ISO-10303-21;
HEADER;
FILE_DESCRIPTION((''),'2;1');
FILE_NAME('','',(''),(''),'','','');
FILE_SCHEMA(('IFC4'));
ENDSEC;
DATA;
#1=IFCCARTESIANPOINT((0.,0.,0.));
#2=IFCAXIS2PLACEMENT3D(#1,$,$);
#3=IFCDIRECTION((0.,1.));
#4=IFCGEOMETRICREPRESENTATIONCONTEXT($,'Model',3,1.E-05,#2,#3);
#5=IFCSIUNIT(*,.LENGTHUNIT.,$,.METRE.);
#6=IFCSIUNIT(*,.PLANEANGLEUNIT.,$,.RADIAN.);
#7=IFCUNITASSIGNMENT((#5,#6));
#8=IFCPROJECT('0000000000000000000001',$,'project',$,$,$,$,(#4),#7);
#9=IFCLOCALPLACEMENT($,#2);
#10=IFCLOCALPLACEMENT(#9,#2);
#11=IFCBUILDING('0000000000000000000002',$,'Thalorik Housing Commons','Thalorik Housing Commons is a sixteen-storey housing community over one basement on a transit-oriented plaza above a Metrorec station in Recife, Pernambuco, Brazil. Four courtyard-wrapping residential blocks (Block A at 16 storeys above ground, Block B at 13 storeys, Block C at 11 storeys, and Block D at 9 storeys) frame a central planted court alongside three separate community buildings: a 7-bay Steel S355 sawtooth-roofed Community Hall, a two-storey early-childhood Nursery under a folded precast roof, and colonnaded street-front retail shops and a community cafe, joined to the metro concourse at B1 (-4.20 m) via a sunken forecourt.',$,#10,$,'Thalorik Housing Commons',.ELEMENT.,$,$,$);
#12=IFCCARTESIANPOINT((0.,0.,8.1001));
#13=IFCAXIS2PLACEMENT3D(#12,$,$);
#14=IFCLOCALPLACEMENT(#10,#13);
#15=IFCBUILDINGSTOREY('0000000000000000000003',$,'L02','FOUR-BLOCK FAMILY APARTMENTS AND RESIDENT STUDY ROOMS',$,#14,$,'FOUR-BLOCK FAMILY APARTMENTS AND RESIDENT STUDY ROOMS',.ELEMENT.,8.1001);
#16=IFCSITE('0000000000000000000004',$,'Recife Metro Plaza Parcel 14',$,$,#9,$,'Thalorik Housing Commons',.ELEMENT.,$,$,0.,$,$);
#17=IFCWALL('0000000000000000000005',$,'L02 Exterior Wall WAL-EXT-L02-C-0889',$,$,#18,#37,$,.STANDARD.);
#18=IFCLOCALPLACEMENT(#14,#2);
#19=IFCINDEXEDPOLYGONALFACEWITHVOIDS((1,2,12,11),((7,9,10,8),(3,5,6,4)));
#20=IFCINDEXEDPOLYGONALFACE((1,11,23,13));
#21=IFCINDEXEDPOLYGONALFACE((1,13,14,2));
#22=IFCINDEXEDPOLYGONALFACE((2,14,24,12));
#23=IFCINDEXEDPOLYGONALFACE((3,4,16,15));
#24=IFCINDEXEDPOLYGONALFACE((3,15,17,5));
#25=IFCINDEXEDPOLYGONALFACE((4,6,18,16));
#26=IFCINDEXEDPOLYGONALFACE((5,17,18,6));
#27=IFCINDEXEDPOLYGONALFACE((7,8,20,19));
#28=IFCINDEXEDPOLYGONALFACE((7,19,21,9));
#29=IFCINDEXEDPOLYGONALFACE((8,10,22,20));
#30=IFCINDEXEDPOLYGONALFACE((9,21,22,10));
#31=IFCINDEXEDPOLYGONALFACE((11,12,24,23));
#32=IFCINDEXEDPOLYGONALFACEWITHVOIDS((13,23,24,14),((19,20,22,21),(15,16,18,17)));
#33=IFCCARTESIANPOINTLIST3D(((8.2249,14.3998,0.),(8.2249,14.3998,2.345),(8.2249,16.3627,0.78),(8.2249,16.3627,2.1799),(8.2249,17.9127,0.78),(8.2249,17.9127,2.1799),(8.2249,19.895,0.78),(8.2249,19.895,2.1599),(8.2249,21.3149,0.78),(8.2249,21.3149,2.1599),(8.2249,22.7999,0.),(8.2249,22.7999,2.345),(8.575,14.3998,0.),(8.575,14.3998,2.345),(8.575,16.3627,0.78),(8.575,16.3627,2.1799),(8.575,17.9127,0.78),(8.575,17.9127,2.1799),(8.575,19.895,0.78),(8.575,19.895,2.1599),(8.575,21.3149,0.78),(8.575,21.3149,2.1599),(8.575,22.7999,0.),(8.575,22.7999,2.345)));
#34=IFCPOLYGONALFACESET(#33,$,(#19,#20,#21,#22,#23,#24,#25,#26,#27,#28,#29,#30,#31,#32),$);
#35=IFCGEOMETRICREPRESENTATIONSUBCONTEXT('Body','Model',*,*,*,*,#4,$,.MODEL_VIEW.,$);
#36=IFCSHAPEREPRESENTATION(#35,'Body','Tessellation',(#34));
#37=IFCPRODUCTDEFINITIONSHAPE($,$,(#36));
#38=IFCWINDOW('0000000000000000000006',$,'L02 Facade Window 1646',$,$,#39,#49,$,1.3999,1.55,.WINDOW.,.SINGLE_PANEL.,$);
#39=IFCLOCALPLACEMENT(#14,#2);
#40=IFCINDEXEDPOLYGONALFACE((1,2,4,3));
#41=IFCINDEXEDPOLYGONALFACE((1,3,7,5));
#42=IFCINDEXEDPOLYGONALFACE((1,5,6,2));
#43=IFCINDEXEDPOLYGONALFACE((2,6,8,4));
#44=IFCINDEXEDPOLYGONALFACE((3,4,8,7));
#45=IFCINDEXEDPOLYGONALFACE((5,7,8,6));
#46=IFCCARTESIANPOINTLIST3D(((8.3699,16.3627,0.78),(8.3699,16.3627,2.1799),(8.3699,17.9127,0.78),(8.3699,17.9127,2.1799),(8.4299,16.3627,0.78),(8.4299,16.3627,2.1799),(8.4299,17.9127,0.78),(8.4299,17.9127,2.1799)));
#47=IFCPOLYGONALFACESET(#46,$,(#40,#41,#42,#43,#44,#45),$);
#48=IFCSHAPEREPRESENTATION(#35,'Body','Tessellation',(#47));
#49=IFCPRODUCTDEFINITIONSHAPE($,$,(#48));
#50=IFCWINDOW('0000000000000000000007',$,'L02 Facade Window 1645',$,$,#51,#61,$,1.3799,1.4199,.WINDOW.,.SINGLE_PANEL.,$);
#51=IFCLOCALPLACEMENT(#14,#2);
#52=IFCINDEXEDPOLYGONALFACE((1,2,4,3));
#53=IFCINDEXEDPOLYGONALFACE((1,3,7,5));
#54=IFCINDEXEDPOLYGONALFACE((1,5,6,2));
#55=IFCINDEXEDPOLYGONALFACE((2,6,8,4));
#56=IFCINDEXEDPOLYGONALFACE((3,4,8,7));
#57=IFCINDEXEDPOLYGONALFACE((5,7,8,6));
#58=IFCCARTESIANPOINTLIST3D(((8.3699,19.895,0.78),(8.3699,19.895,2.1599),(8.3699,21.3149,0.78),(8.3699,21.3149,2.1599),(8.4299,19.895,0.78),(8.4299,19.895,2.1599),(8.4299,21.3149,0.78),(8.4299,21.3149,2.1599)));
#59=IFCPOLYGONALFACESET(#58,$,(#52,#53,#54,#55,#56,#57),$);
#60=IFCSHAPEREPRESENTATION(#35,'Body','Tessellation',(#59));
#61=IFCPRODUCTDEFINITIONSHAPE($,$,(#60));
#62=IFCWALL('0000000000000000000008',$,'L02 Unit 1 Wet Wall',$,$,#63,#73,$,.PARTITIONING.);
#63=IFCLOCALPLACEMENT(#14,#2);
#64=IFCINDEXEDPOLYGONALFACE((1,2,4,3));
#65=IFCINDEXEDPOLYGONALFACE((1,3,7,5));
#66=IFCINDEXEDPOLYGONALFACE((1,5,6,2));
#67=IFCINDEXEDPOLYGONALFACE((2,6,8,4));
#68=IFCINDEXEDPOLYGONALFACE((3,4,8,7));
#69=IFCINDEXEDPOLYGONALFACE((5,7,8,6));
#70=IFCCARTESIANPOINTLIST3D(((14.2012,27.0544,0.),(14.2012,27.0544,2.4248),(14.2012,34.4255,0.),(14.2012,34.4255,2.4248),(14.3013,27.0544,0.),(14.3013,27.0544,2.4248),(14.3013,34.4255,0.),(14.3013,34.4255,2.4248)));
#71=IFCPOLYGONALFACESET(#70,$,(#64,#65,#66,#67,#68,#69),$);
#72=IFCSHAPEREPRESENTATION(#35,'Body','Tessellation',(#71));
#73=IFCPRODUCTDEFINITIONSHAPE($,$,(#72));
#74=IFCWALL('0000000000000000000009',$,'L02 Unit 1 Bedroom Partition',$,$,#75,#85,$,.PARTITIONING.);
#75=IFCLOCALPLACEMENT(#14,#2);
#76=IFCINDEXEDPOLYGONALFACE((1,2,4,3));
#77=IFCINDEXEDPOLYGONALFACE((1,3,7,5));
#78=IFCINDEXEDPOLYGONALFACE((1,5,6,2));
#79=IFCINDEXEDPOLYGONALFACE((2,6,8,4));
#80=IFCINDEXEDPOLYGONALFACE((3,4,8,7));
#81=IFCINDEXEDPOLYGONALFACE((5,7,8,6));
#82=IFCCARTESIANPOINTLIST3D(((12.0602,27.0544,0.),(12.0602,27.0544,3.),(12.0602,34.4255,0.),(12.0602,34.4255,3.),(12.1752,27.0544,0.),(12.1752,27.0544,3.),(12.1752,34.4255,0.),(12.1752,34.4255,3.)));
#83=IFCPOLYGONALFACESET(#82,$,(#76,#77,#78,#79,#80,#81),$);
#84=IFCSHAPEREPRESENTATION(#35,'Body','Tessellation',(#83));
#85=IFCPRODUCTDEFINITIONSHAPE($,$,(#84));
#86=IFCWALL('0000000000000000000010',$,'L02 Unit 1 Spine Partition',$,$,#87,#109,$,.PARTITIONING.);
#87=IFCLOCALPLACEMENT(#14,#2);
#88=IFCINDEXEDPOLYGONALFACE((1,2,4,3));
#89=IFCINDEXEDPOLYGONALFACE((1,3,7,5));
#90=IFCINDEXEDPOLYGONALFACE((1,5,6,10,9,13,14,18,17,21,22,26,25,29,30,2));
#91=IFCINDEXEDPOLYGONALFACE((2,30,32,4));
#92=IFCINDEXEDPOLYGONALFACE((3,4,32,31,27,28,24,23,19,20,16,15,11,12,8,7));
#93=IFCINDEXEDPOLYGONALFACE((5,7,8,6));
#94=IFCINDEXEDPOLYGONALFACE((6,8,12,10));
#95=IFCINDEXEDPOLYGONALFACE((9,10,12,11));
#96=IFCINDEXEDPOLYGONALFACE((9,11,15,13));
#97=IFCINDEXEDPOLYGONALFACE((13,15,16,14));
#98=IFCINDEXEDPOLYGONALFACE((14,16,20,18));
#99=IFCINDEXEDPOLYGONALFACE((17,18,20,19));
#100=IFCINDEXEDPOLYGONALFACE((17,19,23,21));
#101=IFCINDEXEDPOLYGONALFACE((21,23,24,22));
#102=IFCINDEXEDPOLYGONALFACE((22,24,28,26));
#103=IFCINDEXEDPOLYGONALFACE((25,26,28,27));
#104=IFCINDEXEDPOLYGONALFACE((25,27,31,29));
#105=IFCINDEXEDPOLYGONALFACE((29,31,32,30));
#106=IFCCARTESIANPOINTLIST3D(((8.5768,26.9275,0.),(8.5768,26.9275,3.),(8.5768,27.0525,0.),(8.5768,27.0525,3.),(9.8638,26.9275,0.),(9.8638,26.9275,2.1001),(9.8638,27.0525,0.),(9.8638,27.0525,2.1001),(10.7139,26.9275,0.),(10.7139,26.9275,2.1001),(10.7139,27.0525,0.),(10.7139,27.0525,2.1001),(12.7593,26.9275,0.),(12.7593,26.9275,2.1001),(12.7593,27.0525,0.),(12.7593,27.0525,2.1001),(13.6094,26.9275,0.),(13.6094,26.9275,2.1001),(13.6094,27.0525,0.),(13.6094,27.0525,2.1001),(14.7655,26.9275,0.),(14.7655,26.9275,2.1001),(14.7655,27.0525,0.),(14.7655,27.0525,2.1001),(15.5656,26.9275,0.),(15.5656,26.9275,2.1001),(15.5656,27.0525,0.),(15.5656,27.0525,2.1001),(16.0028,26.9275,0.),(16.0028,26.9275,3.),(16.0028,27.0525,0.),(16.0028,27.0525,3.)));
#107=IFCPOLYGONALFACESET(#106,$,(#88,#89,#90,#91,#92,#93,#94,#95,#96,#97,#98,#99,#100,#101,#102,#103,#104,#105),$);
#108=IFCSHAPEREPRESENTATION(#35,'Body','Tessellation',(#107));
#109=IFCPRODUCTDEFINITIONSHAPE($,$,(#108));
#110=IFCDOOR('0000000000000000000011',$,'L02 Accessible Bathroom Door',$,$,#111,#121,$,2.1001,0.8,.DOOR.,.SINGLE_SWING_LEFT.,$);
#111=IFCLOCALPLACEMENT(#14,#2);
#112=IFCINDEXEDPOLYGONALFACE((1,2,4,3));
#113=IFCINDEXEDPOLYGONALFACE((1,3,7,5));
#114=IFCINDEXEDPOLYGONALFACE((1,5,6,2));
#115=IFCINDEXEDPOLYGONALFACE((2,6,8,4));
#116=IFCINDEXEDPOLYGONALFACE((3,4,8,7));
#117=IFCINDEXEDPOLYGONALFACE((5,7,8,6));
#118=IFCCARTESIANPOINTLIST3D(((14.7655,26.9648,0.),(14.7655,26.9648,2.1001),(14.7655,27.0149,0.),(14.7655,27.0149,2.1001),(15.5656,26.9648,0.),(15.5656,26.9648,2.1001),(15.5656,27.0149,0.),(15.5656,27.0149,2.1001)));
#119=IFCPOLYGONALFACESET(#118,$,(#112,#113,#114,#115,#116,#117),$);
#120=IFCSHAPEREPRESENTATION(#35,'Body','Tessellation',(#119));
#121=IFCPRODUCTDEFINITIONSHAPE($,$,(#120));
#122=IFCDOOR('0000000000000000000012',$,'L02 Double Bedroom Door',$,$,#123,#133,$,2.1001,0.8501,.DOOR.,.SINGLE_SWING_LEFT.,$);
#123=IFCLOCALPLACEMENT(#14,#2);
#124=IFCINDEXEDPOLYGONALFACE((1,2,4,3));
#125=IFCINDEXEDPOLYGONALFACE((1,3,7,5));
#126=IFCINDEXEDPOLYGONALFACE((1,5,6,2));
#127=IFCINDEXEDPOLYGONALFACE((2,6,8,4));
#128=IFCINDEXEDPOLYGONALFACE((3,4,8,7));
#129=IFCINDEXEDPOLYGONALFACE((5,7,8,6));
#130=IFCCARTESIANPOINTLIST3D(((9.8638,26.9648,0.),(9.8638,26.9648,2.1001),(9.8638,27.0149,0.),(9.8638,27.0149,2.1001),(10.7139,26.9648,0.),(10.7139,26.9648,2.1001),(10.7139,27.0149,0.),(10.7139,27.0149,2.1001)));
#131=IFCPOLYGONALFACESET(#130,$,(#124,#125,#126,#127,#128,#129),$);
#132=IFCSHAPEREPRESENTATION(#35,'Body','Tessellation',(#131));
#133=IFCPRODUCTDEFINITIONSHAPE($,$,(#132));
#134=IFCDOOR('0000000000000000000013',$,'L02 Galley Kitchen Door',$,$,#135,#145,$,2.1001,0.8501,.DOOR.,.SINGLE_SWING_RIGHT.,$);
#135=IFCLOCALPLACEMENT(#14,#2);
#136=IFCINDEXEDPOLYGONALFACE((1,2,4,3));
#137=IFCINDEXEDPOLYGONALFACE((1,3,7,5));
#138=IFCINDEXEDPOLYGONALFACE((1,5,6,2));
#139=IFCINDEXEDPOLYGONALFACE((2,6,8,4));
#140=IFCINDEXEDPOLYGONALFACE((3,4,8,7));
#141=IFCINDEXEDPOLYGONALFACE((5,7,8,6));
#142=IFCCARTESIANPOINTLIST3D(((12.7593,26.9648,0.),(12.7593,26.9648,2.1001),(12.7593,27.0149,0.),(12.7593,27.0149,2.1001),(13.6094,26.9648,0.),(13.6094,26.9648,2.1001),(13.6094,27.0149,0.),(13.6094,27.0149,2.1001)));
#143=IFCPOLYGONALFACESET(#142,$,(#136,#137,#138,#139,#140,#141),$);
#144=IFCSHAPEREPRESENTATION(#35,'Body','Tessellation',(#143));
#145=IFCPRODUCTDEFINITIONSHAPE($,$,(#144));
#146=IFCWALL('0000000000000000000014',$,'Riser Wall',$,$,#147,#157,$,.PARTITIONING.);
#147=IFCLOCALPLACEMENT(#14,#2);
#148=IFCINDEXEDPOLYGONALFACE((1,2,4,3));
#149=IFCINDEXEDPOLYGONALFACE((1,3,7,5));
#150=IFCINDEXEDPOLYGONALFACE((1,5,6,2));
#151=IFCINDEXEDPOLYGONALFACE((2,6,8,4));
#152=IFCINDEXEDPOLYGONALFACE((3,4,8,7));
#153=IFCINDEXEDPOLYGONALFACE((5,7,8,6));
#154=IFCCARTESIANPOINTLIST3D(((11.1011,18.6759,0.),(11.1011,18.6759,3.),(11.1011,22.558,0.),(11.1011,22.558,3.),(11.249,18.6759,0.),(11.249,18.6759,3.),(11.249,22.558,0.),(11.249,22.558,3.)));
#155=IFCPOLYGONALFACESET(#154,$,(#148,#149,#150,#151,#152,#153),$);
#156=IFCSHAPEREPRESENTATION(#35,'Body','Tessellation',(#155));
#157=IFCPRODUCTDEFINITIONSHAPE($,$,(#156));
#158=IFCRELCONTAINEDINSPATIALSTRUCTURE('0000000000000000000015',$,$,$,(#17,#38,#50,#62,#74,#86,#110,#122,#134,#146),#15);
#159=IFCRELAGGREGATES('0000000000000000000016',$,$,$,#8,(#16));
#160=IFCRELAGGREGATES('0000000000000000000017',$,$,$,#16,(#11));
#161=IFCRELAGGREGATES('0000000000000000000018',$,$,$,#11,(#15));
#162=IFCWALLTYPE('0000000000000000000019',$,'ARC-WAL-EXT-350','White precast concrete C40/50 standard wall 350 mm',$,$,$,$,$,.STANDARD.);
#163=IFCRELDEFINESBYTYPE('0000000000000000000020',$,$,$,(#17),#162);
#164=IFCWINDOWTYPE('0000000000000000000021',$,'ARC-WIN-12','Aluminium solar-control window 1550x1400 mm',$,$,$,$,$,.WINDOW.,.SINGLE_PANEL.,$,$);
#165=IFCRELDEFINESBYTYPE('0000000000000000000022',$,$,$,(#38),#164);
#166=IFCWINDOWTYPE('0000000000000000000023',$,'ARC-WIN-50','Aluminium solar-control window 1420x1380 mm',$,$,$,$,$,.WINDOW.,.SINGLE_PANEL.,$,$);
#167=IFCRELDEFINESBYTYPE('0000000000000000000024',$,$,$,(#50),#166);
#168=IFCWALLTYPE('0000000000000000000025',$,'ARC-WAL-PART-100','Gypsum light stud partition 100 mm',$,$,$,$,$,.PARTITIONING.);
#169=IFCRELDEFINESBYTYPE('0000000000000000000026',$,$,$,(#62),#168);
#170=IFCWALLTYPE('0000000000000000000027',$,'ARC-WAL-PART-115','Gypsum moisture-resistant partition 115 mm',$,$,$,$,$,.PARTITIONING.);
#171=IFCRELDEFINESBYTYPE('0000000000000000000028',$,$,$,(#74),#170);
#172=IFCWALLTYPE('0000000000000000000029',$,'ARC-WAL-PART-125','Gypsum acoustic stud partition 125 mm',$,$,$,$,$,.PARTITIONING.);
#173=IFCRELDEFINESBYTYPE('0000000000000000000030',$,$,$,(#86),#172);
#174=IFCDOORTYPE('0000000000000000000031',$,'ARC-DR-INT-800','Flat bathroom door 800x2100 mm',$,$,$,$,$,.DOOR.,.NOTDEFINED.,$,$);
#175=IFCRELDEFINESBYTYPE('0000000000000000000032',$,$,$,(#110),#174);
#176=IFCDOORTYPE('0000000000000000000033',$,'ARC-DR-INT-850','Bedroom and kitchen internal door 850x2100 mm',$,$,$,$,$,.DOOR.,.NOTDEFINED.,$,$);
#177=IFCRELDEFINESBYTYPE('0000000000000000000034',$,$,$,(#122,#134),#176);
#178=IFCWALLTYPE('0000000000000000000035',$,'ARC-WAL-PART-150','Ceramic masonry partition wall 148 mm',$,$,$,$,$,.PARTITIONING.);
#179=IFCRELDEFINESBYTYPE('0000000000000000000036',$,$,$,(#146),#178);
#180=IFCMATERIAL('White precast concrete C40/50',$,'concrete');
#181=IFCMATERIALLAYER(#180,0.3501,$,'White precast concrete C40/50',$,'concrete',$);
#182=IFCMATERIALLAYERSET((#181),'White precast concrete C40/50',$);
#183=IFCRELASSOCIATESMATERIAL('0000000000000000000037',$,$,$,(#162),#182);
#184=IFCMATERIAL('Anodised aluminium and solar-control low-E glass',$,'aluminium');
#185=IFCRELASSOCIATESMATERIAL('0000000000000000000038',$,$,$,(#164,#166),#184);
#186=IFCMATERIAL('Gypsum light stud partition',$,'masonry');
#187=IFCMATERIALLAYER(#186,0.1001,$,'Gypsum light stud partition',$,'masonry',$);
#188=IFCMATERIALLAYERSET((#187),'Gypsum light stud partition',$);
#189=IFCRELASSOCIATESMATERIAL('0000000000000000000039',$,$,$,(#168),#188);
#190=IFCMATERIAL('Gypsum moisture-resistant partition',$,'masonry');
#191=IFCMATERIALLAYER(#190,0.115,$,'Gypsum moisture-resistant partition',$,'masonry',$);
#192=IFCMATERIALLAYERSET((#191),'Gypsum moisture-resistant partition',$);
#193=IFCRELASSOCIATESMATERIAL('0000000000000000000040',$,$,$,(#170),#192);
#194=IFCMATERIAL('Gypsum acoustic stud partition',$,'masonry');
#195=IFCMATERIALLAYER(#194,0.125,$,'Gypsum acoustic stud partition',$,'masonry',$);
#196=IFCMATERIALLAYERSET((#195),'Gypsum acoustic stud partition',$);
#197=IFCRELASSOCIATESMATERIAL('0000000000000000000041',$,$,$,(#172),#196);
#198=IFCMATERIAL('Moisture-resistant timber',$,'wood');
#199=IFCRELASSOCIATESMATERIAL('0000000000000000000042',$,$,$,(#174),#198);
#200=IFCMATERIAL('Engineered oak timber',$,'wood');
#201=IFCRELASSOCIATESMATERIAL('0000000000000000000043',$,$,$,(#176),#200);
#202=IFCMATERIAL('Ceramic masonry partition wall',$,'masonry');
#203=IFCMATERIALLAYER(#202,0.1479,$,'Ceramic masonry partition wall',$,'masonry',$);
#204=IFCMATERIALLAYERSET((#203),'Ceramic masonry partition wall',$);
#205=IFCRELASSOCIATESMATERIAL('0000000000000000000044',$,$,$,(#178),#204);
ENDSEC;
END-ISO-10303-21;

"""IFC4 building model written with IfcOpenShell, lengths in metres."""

from ifc_helpers import new_model, si_unit, direction, frame, frame_2d, origin, place, context, subcontext, project, spatial, rectangle, extrude, material, layer, layer_set, type_object, element, fill, save


model = new_model("IFC4")

# Units and contexts
model_context = context("Model", 3, precision=1e-05, world=origin(), true_north=direction((0.0, 1.0)))
body_context = subcontext(model_context, "Body", "Model", "MODEL_VIEW")
ifc_project = project(units=[si_unit("LENGTHUNIT", "METRE"), si_unit("PLANEANGLEUNIT", "RADIAN")], contexts=[model_context])

# Site, building, storey
site_placement = place(None, origin())
site = spatial("IfcSite", under=ifc_project, at=site_placement, Name="Recife Metro Plaza Parcel 14", LongName="Thalorik Housing Commons", CompositionType="ELEMENT", RefElevation=0.0)
building_placement = place(site_placement, origin())
building = spatial("IfcBuilding", under=site, at=building_placement, Name="Thalorik Housing Commons", Description="Thalorik Housing Commons is a sixteen-storey housing community over one basement on a transit-oriented plaza above a Metrorec station in Recife, Pernambuco, Brazil. Four courtyard-wrapping residential blocks (Block A at 16 storeys above ground, Block B at 13 storeys, Block C at 11 storeys, and Block D at 9 storeys) frame a central planted court alongside three separate community buildings: a 7-bay Steel S355 sawtooth-roofed Community Hall, a two-storey early-childhood Nursery under a folded precast roof, and colonnaded street-front retail shops and a community cafe, joined to the metro concourse at B1 (-4.20 m) via a sunken forecourt.", LongName="Thalorik Housing Commons", CompositionType="ELEMENT")
storey_placement = place(building_placement, frame((0.0, 0.0, 8.1001)))
storey = spatial("IfcBuildingStorey", under=building, at=storey_placement, Name="L02", Description="FOUR-BLOCK FAMILY APARTMENTS AND RESIDENT STUDY ROOMS", LongName="FOUR-BLOCK FAMILY APARTMENTS AND RESIDENT STUDY ROOMS", CompositionType="ELEMENT", Elevation=8.1001)

# Wall, openings, windows
ifc_material_1 = material(Name="White precast concrete C40/50", Category="concrete")
ifc_layer_1 = layer(ifc_material_1, 0.3501, Name="White precast concrete C40/50", Category="concrete")
ifc_layer_set_1 = layer_set([ifc_layer_1], Name="White precast concrete C40/50")
wall_type_1 = type_object("IfcWallType", Name="ARC-WAL-EXT-350", Description="White precast concrete C40/50 standard wall 350 mm", PredefinedType="STANDARD", material=ifc_layer_set_1)
wall_1_placement = place(storey_placement, frame((8.3999, 22.8, 0.0), z_axis=(0.0, 0.0, 1.0), x_axis=(0.0, -1.0, 0.0)))
wall_1 = element("IfcWall", 1, at=wall_1_placement, inside=storey, type_object=wall_type_1, Name="L02 Exterior Wall WAL-EXT-L02-C-0889", PredefinedType="STANDARD", context=body_context, shape_type="SweptSolid", body=[
    extrude(rectangle(XDim=8.4001, YDim=0.3501, at=frame_2d((4.2002, 0.0))), origin(), (0.0, 0.0, 1.0), 2.345),
])
opening_1_placement = place(wall_1_placement, frame((1.4851, 0.0, 0.78)))
opening_1 = element("IfcOpeningElement", 2, at=opening_1_placement, cuts=wall_1, PredefinedType="OPENING", context=body_context, shape_type="SweptSolid", body=[
    extrude(rectangle(XDim=1.4199, YDim=1.3799, at=frame_2d((0.71, 0.6899))), frame((0.0, 0.1851, 0.0), z_axis=(0.0, -1.0, 0.0), x_axis=(1.0, 0.0, 0.0)), (0.0, 0.0, 1.0), 0.3701),
])
opening_2_placement = place(wall_1_placement, frame((4.8875, 0.0, 0.78)))
opening_2 = element("IfcOpeningElement", 3, at=opening_2_placement, cuts=wall_1, PredefinedType="OPENING", context=body_context, shape_type="SweptSolid", body=[
    extrude(rectangle(XDim=1.55, YDim=1.3999, at=frame_2d((0.7749, 0.7))), frame((0.0, 0.1851, 0.0), z_axis=(0.0, -1.0, 0.0), x_axis=(1.0, 0.0, 0.0)), (0.0, 0.0, 1.0), 0.3701),
])
ifc_material_2 = material(Name="Anodised aluminium and solar-control low-E glass", Category="aluminium")
window_type_1 = type_object("IfcWindowType", Name="ARC-WIN-12", Description="Aluminium solar-control window 1550x1400 mm", PartitioningType="SINGLE_PANEL", PredefinedType="WINDOW", material=ifc_material_2)
window_1_placement = place(opening_2_placement, origin())
window_1 = element("IfcWindow", 4, at=window_1_placement, inside=storey, type_object=window_type_1, Name="L02 Facade Window 1646", OverallHeight=1.3999, OverallWidth=1.55, PartitioningType="SINGLE_PANEL", PredefinedType="WINDOW", context=body_context, shape_type="SweptSolid", body=[
    extrude(rectangle(XDim=1.55, YDim=1.3999, at=frame_2d((0.7749, 0.7))), frame((0.0, 0.03, 0.0), z_axis=(0.0, -1.0, 0.0), x_axis=(1.0, 0.0, 0.0)), (0.0, 0.0, 1.0), 0.0601),
])
fill(opening_2, window_1)
window_type_2 = type_object("IfcWindowType", Name="ARC-WIN-50", Description="Aluminium solar-control window 1420x1380 mm", PartitioningType="SINGLE_PANEL", PredefinedType="WINDOW", material=ifc_material_2)
window_2_placement = place(opening_1_placement, origin())
window_2 = element("IfcWindow", 5, at=window_2_placement, inside=storey, type_object=window_type_2, Name="L02 Facade Window 1645", OverallHeight=1.3799, OverallWidth=1.4199, PartitioningType="SINGLE_PANEL", PredefinedType="WINDOW", context=body_context, shape_type="SweptSolid", body=[
    extrude(rectangle(XDim=1.4199, YDim=1.3799, at=frame_2d((0.71, 0.6899))), frame((0.0, 0.03, 0.0), z_axis=(0.0, -1.0, 0.0), x_axis=(1.0, 0.0, 0.0)), (0.0, 0.0, 1.0), 0.0601),
])
fill(opening_1, window_2)

# Walls
ifc_material_3 = material(Name="Gypsum light stud partition", Category="masonry")
ifc_layer_2 = layer(ifc_material_3, 0.1001, Name="Gypsum light stud partition", Category="masonry")
ifc_layer_set_2 = layer_set([ifc_layer_2], Name="Gypsum light stud partition")
wall_type_2 = type_object("IfcWallType", Name="ARC-WAL-PART-100", Description="Gypsum light stud partition 100 mm", PredefinedType="PARTITIONING", material=ifc_layer_set_2)
wall_2_placement = place(storey_placement, frame((14.2512, 27.0544, 0.0), z_axis=(0.0, 0.0, 1.0), x_axis=(0.0, 1.0, 0.0)))
element("IfcWall", 6, at=wall_2_placement, inside=storey, type_object=wall_type_2, Name="L02 Unit 1 Wet Wall", PredefinedType="PARTITIONING", context=body_context, shape_type="SweptSolid", body=[
    extrude(rectangle(XDim=7.3711, YDim=0.1001, at=frame_2d((3.6855, 0.0))), origin(), (0.0, 0.0, 1.0), 2.4248),
])
ifc_material_4 = material(Name="Gypsum moisture-resistant partition", Category="masonry")
ifc_layer_3 = layer(ifc_material_4, 0.115, Name="Gypsum moisture-resistant partition", Category="masonry")
ifc_layer_set_3 = layer_set([ifc_layer_3], Name="Gypsum moisture-resistant partition")
wall_type_3 = type_object("IfcWallType", Name="ARC-WAL-PART-115", Description="Gypsum moisture-resistant partition 115 mm", PredefinedType="PARTITIONING", material=ifc_layer_set_3)
wall_3_placement = place(storey_placement, frame((12.1177, 27.0544, 0.0), z_axis=(0.0, 0.0, 1.0), x_axis=(0.0, 1.0, 0.0)))
element("IfcWall", 7, at=wall_3_placement, inside=storey, type_object=wall_type_3, Name="L02 Unit 1 Bedroom Partition", PredefinedType="PARTITIONING", context=body_context, shape_type="SweptSolid", body=[
    extrude(rectangle(XDim=7.3711, YDim=0.115, at=frame_2d((3.6855, 0.0))), origin(), (0.0, 0.0, 1.0), 3.0),
])

# Wall, openings, doors
ifc_material_5 = material(Name="Gypsum acoustic stud partition", Category="masonry")
ifc_layer_4 = layer(ifc_material_5, 0.125, Name="Gypsum acoustic stud partition", Category="masonry")
ifc_layer_set_4 = layer_set([ifc_layer_4], Name="Gypsum acoustic stud partition")
wall_type_4 = type_object("IfcWallType", Name="ARC-WAL-PART-125", Description="Gypsum acoustic stud partition 125 mm", PredefinedType="PARTITIONING", material=ifc_layer_set_4)
wall_4_placement = place(storey_placement, frame((8.5769, 26.99, 0.0), z_axis=(0.0, 0.0, 1.0), x_axis=(1.0, 0.0, 0.0)))
wall_4 = element("IfcWall", 8, at=wall_4_placement, inside=storey, type_object=wall_type_4, Name="L02 Unit 1 Spine Partition", PredefinedType="PARTITIONING", context=body_context, shape_type="SweptSolid", body=[
    extrude(rectangle(XDim=7.426, YDim=0.125, at=frame_2d((3.7129, 0.0))), origin(), (0.0, 0.0, 1.0), 3.0),
])
opening_3_placement = place(wall_4_placement, frame((1.2869, 0.0, 0.0)))
opening_3 = element("IfcOpeningElement", 9, at=opening_3_placement, cuts=wall_4, PredefinedType="OPENING", context=body_context, shape_type="SweptSolid", body=[
    extrude(rectangle(XDim=0.8501, YDim=2.1001, at=frame_2d((0.425, 1.05))), frame((0.0, 0.0725, 0.0), z_axis=(0.0, -1.0, 0.0), x_axis=(1.0, 0.0, 0.0)), (0.0, 0.0, 1.0), 0.145),
])
opening_4_placement = place(wall_4_placement, frame((4.1824, 0.0, 0.0)))
opening_4 = element("IfcOpeningElement", 10, at=opening_4_placement, cuts=wall_4, PredefinedType="OPENING", context=body_context, shape_type="SweptSolid", body=[
    extrude(rectangle(XDim=0.8501, YDim=2.1001, at=frame_2d((0.425, 1.05))), frame((0.0, 0.0725, 0.0), z_axis=(0.0, -1.0, 0.0), x_axis=(1.0, 0.0, 0.0)), (0.0, 0.0, 1.0), 0.145),
])
opening_5_placement = place(wall_4_placement, frame((6.1887, 0.0, 0.0)))
opening_5 = element("IfcOpeningElement", 11, at=opening_5_placement, cuts=wall_4, PredefinedType="OPENING", context=body_context, shape_type="SweptSolid", body=[
    extrude(rectangle(XDim=0.8, YDim=2.1001, at=frame_2d((0.3999, 1.05))), frame((0.0, 0.0725, 0.0), z_axis=(0.0, -1.0, 0.0), x_axis=(1.0, 0.0, 0.0)), (0.0, 0.0, 1.0), 0.145),
])
ifc_material_6 = material(Name="Moisture-resistant timber", Category="wood")
door_type_1 = type_object("IfcDoorType", Name="ARC-DR-INT-800", Description="Flat bathroom door 800x2100 mm", OperationType="NOTDEFINED", PredefinedType="DOOR", material=ifc_material_6)
door_1_placement = place(opening_5_placement, origin())
door_1 = element("IfcDoor", 12, at=door_1_placement, inside=storey, type_object=door_type_1, Name="L02 Accessible Bathroom Door", OperationType="SINGLE_SWING_LEFT", OverallHeight=2.1001, OverallWidth=0.8, PredefinedType="DOOR", context=body_context, shape_type="SweptSolid", body=[
    extrude(rectangle(XDim=0.8, YDim=2.1001, at=frame_2d((0.3999, 1.05))), frame((0.0, 0.0249, 0.0), z_axis=(0.0, -1.0, 0.0), x_axis=(1.0, 0.0, 0.0)), (0.0, 0.0, 1.0), 0.05),
])
fill(opening_5, door_1)
ifc_material_7 = material(Name="Engineered oak timber", Category="wood")
door_type_2 = type_object("IfcDoorType", Name="ARC-DR-INT-850", Description="Bedroom and kitchen internal door 850x2100 mm", OperationType="NOTDEFINED", PredefinedType="DOOR", material=ifc_material_7)
door_2_placement = place(opening_3_placement, origin())
door_2 = element("IfcDoor", 13, at=door_2_placement, inside=storey, type_object=door_type_2, Name="L02 Double Bedroom Door", OperationType="SINGLE_SWING_LEFT", OverallHeight=2.1001, OverallWidth=0.8501, PredefinedType="DOOR", context=body_context, shape_type="SweptSolid", body=[
    extrude(rectangle(XDim=0.8501, YDim=2.1001, at=frame_2d((0.425, 1.05))), frame((0.0, 0.0249, 0.0), z_axis=(0.0, -1.0, 0.0), x_axis=(1.0, 0.0, 0.0)), (0.0, 0.0, 1.0), 0.05),
])
fill(opening_3, door_2)
door_3_placement = place(opening_4_placement, origin())
door_3 = element("IfcDoor", 14, at=door_3_placement, inside=storey, type_object=door_type_2, Name="L02 Galley Kitchen Door", OperationType="SINGLE_SWING_RIGHT", OverallHeight=2.1001, OverallWidth=0.8501, PredefinedType="DOOR", context=body_context, shape_type="SweptSolid", body=[
    extrude(rectangle(XDim=0.8501, YDim=2.1001, at=frame_2d((0.425, 1.05))), frame((0.0, 0.0249, 0.0), z_axis=(0.0, -1.0, 0.0), x_axis=(1.0, 0.0, 0.0)), (0.0, 0.0, 1.0), 0.05),
])
fill(opening_4, door_3)

# Wall
ifc_material_8 = material(Name="Ceramic masonry partition wall", Category="masonry")
ifc_layer_5 = layer(ifc_material_8, 0.1479, Name="Ceramic masonry partition wall", Category="masonry")
ifc_layer_set_5 = layer_set([ifc_layer_5], Name="Ceramic masonry partition wall")
wall_type_5 = type_object("IfcWallType", Name="ARC-WAL-PART-150", Description="Ceramic masonry partition wall 148 mm", PredefinedType="PARTITIONING", material=ifc_layer_set_5)
for number, where, z_axis, x_axis, name in (
    (15, (11.175, 18.676, 0.0), (0.0, 0.0, 1.0), (0.0, 1.0, 0.0), "Riser Wall"),
):
    element("IfcWall", number, at=place(storey_placement, frame(where, z_axis=z_axis, x_axis=x_axis)), inside=storey, type_object=wall_type_5, Name=name, PredefinedType="PARTITIONING", context=body_context, shape_type="SweptSolid", body=[
        extrude(rectangle(XDim=3.8821, YDim=0.1479, at=frame_2d((1.9409, 0.0))), origin(), (0.0, 0.0, 1.0), 3.0),
    ])

save(model, "model.ifc")
